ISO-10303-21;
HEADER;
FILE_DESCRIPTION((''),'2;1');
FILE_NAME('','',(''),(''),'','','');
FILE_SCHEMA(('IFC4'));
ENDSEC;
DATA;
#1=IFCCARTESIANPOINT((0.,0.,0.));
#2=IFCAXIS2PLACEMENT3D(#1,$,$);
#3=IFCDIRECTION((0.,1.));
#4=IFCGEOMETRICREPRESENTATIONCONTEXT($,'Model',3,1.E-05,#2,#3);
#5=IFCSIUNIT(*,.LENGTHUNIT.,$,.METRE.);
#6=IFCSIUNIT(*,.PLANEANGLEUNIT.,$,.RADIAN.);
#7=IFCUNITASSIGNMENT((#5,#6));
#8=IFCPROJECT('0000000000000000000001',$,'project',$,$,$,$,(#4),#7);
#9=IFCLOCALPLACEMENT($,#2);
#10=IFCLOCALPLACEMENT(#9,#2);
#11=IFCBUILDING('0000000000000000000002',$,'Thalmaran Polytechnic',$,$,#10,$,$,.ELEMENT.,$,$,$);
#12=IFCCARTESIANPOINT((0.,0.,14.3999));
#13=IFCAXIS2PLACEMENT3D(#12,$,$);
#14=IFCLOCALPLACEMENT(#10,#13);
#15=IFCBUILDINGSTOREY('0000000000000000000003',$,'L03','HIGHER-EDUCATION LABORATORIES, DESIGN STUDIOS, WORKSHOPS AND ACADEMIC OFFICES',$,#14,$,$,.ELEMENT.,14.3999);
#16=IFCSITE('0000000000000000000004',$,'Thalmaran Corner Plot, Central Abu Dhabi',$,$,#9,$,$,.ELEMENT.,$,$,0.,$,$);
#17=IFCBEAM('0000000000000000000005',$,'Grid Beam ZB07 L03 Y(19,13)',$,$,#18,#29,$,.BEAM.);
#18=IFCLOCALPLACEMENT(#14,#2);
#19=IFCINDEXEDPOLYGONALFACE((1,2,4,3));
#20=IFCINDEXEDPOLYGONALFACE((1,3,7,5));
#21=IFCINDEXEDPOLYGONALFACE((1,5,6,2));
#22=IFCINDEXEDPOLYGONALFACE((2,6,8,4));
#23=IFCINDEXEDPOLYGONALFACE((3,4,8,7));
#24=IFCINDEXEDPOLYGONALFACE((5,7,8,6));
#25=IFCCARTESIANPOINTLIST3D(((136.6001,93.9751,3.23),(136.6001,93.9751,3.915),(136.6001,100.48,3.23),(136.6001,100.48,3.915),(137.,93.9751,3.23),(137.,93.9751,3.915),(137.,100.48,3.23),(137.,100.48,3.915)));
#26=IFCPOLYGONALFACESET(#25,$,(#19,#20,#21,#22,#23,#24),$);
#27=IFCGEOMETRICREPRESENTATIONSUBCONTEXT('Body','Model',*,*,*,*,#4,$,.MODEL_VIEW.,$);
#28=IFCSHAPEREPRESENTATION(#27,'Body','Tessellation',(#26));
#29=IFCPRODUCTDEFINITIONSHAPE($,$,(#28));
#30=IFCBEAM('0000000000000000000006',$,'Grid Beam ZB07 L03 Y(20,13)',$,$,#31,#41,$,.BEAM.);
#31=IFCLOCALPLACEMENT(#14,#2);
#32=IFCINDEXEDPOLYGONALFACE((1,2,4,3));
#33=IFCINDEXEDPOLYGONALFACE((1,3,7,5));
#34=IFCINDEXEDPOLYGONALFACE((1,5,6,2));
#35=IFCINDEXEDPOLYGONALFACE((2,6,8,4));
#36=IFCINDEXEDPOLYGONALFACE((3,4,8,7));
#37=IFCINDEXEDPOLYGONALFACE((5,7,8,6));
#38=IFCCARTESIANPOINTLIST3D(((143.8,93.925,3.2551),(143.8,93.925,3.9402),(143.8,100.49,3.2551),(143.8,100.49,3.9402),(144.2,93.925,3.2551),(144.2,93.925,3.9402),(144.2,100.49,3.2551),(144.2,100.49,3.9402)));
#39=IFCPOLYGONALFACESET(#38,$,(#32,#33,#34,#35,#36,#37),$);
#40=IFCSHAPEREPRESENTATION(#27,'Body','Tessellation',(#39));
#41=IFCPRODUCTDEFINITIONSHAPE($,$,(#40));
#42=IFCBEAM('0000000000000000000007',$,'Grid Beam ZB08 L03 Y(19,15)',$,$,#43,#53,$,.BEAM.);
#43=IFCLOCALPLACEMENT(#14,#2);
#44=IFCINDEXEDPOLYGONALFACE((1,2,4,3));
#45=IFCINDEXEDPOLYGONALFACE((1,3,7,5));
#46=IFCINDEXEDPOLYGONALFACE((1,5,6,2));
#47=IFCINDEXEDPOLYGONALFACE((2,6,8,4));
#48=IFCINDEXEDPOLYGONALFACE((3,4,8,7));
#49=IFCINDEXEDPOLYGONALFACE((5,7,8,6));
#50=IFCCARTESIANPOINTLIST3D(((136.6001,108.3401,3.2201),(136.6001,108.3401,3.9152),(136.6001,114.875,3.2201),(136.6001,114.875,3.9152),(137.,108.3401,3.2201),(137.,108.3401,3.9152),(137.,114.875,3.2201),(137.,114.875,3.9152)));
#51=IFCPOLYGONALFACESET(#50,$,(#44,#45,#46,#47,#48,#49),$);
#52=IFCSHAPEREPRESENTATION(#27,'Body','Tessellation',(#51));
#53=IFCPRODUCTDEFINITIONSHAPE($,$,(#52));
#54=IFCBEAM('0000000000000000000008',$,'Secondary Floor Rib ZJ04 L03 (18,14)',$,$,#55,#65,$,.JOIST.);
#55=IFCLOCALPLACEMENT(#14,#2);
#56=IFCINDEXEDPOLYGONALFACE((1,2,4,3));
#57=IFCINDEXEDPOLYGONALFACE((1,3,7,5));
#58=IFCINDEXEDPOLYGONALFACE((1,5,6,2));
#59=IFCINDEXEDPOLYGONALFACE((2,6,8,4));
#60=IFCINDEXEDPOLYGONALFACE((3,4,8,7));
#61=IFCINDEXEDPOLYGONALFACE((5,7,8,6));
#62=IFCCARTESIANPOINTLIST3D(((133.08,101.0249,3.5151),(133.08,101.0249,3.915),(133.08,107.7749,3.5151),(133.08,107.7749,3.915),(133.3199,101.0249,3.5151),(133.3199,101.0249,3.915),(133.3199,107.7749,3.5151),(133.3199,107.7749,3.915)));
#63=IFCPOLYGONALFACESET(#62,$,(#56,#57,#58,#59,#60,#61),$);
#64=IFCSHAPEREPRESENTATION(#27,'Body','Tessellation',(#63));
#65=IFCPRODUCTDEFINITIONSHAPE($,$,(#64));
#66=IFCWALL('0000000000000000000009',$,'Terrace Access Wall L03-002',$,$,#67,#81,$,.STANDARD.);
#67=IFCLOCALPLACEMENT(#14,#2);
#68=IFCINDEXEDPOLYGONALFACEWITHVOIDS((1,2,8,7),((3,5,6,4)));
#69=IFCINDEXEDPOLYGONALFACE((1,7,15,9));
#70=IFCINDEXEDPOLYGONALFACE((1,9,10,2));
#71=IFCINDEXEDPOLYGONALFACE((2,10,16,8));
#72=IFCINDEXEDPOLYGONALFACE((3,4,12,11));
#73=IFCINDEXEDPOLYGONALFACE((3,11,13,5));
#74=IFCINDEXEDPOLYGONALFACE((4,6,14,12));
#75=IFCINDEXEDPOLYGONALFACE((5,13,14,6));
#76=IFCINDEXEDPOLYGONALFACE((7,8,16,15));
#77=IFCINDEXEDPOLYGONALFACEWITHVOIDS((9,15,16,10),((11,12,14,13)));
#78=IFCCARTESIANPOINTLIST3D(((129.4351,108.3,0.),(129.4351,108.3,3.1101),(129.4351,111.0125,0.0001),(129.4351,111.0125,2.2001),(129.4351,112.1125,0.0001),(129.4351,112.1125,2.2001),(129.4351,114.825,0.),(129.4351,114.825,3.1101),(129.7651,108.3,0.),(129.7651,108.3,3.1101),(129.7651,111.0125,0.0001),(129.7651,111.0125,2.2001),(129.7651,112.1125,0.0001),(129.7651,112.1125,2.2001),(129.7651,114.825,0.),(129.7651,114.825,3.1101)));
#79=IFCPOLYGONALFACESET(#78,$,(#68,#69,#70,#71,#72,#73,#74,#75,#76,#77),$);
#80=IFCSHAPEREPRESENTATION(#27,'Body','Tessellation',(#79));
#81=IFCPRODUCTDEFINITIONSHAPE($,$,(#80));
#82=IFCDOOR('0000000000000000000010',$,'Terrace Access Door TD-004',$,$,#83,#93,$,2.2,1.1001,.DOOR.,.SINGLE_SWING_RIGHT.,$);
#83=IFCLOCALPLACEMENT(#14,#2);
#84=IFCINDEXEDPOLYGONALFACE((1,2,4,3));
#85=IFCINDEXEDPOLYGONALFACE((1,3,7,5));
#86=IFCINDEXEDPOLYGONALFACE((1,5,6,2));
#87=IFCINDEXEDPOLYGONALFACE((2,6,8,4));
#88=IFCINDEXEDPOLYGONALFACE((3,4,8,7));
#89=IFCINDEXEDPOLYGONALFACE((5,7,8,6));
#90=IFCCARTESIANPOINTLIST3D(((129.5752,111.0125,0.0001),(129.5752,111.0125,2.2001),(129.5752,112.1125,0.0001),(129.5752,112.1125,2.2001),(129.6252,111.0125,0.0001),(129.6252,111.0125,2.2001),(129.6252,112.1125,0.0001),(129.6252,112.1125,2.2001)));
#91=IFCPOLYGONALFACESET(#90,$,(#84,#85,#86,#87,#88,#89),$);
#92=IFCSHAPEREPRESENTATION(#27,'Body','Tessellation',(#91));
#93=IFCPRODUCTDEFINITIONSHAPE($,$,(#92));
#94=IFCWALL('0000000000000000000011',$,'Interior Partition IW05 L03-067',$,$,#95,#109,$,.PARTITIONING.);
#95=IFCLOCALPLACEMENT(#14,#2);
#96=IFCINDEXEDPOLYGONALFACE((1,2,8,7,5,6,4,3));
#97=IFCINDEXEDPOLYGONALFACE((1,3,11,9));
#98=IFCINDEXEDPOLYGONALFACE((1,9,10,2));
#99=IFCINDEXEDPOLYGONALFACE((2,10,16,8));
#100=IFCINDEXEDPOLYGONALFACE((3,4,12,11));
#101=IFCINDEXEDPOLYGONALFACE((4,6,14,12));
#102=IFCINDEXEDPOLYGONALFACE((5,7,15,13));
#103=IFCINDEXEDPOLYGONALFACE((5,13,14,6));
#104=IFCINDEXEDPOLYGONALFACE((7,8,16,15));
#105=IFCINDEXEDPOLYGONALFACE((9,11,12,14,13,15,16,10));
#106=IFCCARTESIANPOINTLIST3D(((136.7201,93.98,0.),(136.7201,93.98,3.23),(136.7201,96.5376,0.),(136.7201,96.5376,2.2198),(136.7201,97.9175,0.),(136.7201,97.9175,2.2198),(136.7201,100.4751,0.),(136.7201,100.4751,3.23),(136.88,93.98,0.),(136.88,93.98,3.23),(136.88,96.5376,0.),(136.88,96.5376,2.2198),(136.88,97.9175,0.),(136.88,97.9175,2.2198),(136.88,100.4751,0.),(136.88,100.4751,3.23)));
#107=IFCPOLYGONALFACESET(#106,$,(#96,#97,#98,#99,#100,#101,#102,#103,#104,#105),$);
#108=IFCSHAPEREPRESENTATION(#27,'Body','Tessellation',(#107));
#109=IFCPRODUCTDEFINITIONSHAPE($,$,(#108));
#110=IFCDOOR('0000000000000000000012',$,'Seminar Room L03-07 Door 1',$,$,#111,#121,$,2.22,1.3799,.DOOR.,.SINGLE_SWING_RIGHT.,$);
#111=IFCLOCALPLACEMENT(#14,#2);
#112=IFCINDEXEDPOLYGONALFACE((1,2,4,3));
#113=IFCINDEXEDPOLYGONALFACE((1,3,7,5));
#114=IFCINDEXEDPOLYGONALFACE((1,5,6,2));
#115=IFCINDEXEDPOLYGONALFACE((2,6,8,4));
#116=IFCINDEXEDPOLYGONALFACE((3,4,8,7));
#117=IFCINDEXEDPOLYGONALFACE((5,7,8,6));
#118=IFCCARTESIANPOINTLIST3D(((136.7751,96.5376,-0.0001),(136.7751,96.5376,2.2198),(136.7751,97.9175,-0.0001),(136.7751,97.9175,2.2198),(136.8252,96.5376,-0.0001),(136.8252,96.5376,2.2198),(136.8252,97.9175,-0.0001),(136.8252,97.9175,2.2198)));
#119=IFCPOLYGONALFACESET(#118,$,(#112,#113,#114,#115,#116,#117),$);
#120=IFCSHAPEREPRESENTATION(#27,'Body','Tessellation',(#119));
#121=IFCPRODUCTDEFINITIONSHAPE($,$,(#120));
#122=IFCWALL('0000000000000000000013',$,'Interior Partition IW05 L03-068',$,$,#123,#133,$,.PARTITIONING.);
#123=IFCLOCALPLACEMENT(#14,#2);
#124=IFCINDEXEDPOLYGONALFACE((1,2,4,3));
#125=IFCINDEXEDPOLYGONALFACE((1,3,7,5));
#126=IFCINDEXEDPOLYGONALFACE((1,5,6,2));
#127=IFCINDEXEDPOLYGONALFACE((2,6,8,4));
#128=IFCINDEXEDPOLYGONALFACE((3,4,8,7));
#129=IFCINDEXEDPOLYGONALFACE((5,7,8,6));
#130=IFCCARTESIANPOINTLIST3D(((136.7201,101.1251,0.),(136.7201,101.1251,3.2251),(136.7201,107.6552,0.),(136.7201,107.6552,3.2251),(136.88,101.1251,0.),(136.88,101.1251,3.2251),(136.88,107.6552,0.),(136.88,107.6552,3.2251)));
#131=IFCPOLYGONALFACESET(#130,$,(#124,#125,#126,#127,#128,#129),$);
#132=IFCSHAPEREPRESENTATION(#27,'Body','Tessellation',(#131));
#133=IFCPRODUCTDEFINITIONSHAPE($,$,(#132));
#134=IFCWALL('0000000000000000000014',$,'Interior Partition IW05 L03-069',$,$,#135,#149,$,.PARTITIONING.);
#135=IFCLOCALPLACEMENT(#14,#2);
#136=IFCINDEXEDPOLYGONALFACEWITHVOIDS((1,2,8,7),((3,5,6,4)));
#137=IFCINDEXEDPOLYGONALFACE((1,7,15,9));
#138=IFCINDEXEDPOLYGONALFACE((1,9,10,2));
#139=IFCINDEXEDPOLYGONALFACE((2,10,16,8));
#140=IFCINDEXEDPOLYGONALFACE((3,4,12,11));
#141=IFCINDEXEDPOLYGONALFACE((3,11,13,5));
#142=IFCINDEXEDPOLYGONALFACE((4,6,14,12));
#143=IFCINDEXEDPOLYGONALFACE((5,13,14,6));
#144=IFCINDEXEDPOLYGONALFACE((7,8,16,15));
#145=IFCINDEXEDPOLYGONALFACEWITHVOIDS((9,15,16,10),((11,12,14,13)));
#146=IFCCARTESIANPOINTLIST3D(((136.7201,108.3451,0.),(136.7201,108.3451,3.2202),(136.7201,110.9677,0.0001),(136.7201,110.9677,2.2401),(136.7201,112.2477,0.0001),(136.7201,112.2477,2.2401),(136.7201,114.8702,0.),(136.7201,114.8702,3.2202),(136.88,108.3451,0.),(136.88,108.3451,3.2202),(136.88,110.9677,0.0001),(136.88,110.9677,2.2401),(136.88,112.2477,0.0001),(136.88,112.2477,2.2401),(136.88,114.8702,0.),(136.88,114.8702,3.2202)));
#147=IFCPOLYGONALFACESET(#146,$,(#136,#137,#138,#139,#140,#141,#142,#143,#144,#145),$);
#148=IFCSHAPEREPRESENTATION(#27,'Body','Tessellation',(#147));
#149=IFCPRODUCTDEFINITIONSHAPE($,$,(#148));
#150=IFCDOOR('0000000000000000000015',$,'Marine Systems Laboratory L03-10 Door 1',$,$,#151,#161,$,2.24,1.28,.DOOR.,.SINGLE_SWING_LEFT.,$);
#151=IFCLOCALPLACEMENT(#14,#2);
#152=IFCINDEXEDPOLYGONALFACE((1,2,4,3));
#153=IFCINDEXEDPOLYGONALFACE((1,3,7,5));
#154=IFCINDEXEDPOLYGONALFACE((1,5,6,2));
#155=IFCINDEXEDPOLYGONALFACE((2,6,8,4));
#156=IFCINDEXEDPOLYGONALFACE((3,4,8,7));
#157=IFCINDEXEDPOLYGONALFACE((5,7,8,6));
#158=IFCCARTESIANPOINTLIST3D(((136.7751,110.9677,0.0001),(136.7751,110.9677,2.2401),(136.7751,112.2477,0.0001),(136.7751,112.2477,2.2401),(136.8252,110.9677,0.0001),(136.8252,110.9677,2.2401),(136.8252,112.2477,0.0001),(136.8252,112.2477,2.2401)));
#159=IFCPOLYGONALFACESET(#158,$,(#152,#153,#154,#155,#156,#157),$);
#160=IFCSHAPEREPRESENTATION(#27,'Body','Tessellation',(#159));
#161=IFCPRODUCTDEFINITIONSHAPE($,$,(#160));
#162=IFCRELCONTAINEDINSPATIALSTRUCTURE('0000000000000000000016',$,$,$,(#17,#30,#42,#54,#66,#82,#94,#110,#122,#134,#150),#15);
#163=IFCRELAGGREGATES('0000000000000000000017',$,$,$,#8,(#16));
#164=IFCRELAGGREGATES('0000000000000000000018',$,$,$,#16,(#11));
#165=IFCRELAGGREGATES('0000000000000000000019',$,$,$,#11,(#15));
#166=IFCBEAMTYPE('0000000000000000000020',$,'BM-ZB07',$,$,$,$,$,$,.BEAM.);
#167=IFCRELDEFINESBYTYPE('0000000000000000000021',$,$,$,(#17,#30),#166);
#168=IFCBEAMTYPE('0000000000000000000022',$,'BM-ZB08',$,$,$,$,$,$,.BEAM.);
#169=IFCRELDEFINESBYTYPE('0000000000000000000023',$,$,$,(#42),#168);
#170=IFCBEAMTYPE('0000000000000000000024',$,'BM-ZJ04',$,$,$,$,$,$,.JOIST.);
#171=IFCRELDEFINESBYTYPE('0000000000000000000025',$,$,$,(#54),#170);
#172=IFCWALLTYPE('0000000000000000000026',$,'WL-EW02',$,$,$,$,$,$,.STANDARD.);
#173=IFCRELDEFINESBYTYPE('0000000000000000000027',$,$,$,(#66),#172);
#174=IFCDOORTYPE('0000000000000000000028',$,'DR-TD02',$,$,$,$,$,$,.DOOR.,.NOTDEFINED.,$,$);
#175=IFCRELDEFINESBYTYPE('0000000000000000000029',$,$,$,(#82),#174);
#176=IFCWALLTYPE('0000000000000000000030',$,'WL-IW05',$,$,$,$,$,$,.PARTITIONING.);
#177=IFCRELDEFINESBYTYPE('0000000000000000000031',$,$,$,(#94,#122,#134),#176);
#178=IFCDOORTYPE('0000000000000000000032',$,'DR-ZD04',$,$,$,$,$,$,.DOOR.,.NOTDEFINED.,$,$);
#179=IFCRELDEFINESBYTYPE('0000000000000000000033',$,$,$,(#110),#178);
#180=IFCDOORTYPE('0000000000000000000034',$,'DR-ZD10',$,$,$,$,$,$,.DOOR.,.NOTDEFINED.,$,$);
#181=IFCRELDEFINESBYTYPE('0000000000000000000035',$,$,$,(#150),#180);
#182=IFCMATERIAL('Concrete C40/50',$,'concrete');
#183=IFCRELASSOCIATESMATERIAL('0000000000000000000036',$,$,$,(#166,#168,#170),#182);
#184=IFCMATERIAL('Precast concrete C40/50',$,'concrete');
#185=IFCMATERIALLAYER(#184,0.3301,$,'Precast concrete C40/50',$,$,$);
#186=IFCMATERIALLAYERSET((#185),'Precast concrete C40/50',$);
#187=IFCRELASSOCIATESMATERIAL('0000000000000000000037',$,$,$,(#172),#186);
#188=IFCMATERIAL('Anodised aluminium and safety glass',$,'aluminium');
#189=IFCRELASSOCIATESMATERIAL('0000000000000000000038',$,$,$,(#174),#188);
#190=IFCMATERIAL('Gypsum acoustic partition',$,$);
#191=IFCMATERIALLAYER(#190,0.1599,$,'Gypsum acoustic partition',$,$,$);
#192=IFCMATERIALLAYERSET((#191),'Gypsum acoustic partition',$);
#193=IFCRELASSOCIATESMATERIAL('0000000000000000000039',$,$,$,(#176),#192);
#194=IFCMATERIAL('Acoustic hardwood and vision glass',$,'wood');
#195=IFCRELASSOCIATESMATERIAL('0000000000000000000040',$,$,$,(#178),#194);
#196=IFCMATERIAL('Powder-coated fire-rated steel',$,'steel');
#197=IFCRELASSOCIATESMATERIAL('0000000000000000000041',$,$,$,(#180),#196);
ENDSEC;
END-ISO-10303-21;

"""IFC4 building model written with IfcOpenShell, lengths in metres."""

from ifc_helpers import new_model, si_unit, direction, frame, frame_2d, origin, origin_2d, place, context, subcontext, project, spatial, rectangle, extrude, material, layer, layer_set, material_profile, profile_set, type_object, element, fill, save


model = new_model("IFC4")

# Units and contexts
model_context = context("Model", 3, precision=1e-05, world=origin(), true_north=direction((0.0, 1.0)))
body_context = subcontext(model_context, "Body", "Model", "MODEL_VIEW")
ifc_project = project(units=[si_unit("LENGTHUNIT", "METRE"), si_unit("PLANEANGLEUNIT", "RADIAN")], contexts=[model_context])

# Site, building, storey
site_placement = place(None, origin())
site = spatial("IfcSite", under=ifc_project, at=site_placement, Name="Thalmaran Corner Plot, Central Abu Dhabi", CompositionType="ELEMENT", RefElevation=0.0)
building_placement = place(site_placement, origin())
building = spatial("IfcBuilding", under=site, at=building_placement, Name="Thalmaran Polytechnic", CompositionType="ELEMENT")
storey_placement = place(building_placement, frame((0.0, 0.0, 14.3999)))
storey = spatial("IfcBuildingStorey", under=building, at=storey_placement, Name="L03", Description="HIGHER-EDUCATION LABORATORIES, DESIGN STUDIOS, WORKSHOPS AND ACADEMIC OFFICES", CompositionType="ELEMENT", Elevation=14.3999)

# Shared definitions
ifc_material_1 = material(Name="Concrete C40/50", Category="concrete")

# Beams
ifc_material_profile_1 = material_profile(ifc_material_1, rectangle(XDim=0.3999, YDim=0.6851, at=origin_2d()), Name="RC 400x685")
ifc_profile_set_1 = profile_set([ifc_material_profile_1], Name="Concrete C40/50")
beam_type_1 = type_object("IfcBeamType", Name="BM-ZB07", PredefinedType="BEAM", material=ifc_profile_set_1)
beam_1_placement = place(storey_placement, frame((136.8, 93.9751, 3.5725), z_axis=(0.0, 1.0, 0.0), x_axis=(-1.0, 0.0, 0.0)))
element("IfcBeam", 1, at=beam_1_placement, inside=storey, type_object=beam_type_1, Name="Grid Beam ZB07 L03 Y(19,13)", PredefinedType="BEAM", context=body_context, shape_type="SweptSolid", body=[
    extrude(rectangle(XDim=0.3999, YDim=0.6851, at=origin_2d()), origin(), (0.0, 0.0, 1.0), 6.5049),
])
beam_2_placement = place(storey_placement, frame((144.0, 93.925, 3.5977), z_axis=(0.0, 1.0, 0.0), x_axis=(-1.0, 0.0, 0.0)))
element("IfcBeam", 2, at=beam_2_placement, inside=storey, type_object=beam_type_1, Name="Grid Beam ZB07 L03 Y(20,13)", PredefinedType="BEAM", context=body_context, shape_type="SweptSolid", body=[
    extrude(rectangle(XDim=0.3999, YDim=0.6851, at=origin_2d()), origin(), (0.0, 0.0, 1.0), 6.5649),
])
ifc_material_profile_2 = material_profile(ifc_material_1, rectangle(XDim=0.3999, YDim=0.6951, at=origin_2d()), Name="RC 400x695")
ifc_profile_set_2 = profile_set([ifc_material_profile_2], Name="Concrete C40/50")
beam_type_2 = type_object("IfcBeamType", Name="BM-ZB08", PredefinedType="BEAM", material=ifc_profile_set_2)
beam_3_placement = place(storey_placement, frame((136.8, 108.3401, 3.5676), z_axis=(0.0, 1.0, 0.0), x_axis=(-1.0, 0.0, 0.0)))
element("IfcBeam", 3, at=beam_3_placement, inside=storey, type_object=beam_type_2, Name="Grid Beam ZB08 L03 Y(19,15)", PredefinedType="BEAM", context=body_context, shape_type="SweptSolid", body=[
    extrude(rectangle(XDim=0.3999, YDim=0.6951, at=origin_2d()), origin(), (0.0, 0.0, 1.0), 6.5349),
])
ifc_material_profile_3 = material_profile(ifc_material_1, rectangle(XDim=0.24, YDim=0.3999, at=origin_2d()), Name="RC 240x400")
ifc_profile_set_3 = profile_set([ifc_material_profile_3], Name="Concrete C40/50")
beam_type_3 = type_object("IfcBeamType", Name="BM-ZJ04", PredefinedType="JOIST", material=ifc_profile_set_3)
beam_4_placement = place(storey_placement, frame((133.2, 101.0249, 3.7151), z_axis=(0.0, 1.0, 0.0), x_axis=(-1.0, 0.0, 0.0)))
element("IfcBeam", 4, at=beam_4_placement, inside=storey, type_object=beam_type_3, Name="Secondary Floor Rib ZJ04 L03 (18,14)", PredefinedType="JOIST", context=body_context, shape_type="SweptSolid", body=[
    extrude(rectangle(XDim=0.24, YDim=0.3999, at=origin_2d()), origin(), (0.0, 0.0, 1.0), 6.75),
])

# Walls, openings, doors
ifc_material_2 = material(Name="Precast concrete C40/50", Category="concrete")
ifc_layer_1 = layer(ifc_material_2, 0.3301, Name="Precast concrete C40/50")
ifc_layer_set_1 = layer_set([ifc_layer_1], Name="Precast concrete C40/50")
wall_type_1 = type_object("IfcWallType", Name="WL-EW02", PredefinedType="STANDARD", material=ifc_layer_set_1)
wall_1_placement = place(storey_placement, frame((129.6001, 108.3, 0.0), z_axis=(0.0, 0.0, 1.0), x_axis=(0.0, 1.0, 0.0)))
wall_1 = element("IfcWall", 5, at=wall_1_placement, inside=storey, type_object=wall_type_1, Name="Terrace Access Wall L03-002", PredefinedType="STANDARD", context=body_context, shape_type="SweptSolid", body=[
    extrude(rectangle(XDim=6.5249, YDim=0.3301, at=frame_2d((3.2625, 0.0))), origin(), (0.0, 0.0, 1.0), 3.1101),
])
opening_1_placement = place(wall_1_placement, frame((2.7124, 0.0, 0.0)))
opening_1 = element("IfcOpeningElement", 6, at=opening_1_placement, cuts=wall_1, PredefinedType="OPENING", context=body_context, shape_type="SweptSolid", body=[
    extrude(rectangle(XDim=1.1001, YDim=2.2, at=frame_2d((0.55, 1.1001))), frame((0.0, 0.175, 0.0), z_axis=(0.0, -1.0, 0.0), x_axis=(1.0, 0.0, 0.0)), (0.0, 0.0, 1.0), 0.3501),
])
ifc_material_3 = material(Name="Anodised aluminium and safety glass", Category="aluminium")
door_type_1 = type_object("IfcDoorType", Name="DR-TD02", OperationType="NOTDEFINED", PredefinedType="DOOR", material=ifc_material_3)
door_1_placement = place(opening_1_placement, origin())
door_1 = element("IfcDoor", 7, at=door_1_placement, inside=storey, type_object=door_type_1, Name="Terrace Access Door TD-004", OperationType="SINGLE_SWING_RIGHT", OverallHeight=2.2, OverallWidth=1.1001, PredefinedType="DOOR", context=body_context, shape_type="SweptSolid", body=[
    extrude(rectangle(XDim=1.1001, YDim=2.2, at=frame_2d((0.55, 1.1001))), frame((0.0, 0.0249, 0.0), z_axis=(0.0, -1.0, 0.0), x_axis=(1.0, 0.0, 0.0)), (0.0, 0.0, 1.0), 0.05),
])
fill(opening_1, door_1)
ifc_material_4 = material(Name="Gypsum acoustic partition")
ifc_layer_2 = layer(ifc_material_4, 0.1599, Name="Gypsum acoustic partition")
ifc_layer_set_2 = layer_set([ifc_layer_2], Name="Gypsum acoustic partition")
wall_type_2 = type_object("IfcWallType", Name="WL-IW05", PredefinedType="PARTITIONING", material=ifc_layer_set_2)
wall_2_placement = place(storey_placement, frame((136.8, 93.98, 0.0), z_axis=(0.0, 0.0, 1.0), x_axis=(0.0, 1.0, 0.0)))
wall_2 = element("IfcWall", 8, at=wall_2_placement, inside=storey, type_object=wall_type_2, Name="Interior Partition IW05 L03-067", PredefinedType="PARTITIONING", context=body_context, shape_type="SweptSolid", body=[
    extrude(rectangle(XDim=6.4951, YDim=0.1599, at=frame_2d((3.2476, 0.0))), origin(), (0.0, 0.0, 1.0), 3.23),
])
opening_2_placement = place(wall_2_placement, frame((2.5576, 0.0, 0.0)))
opening_2 = element("IfcOpeningElement", 9, at=opening_2_placement, cuts=wall_2, PredefinedType="OPENING", context=body_context, shape_type="SweptSolid", body=[
    extrude(rectangle(XDim=1.3799, YDim=2.22, at=frame_2d((0.6899, 1.1099))), frame((0.0, 0.0898, 0.0), z_axis=(0.0, -1.0, 0.0), x_axis=(1.0, 0.0, 0.0)), (0.0, 0.0, 1.0), 0.1799),
])
ifc_material_5 = material(Name="Acoustic hardwood and vision glass", Category="wood")
door_type_2 = type_object("IfcDoorType", Name="DR-ZD04", OperationType="NOTDEFINED", PredefinedType="DOOR", material=ifc_material_5)
door_2_placement = place(opening_2_placement, origin())
door_2 = element("IfcDoor", 10, at=door_2_placement, inside=storey, type_object=door_type_2, Name="Seminar Room L03-07 Door 1", OperationType="SINGLE_SWING_RIGHT", OverallHeight=2.22, OverallWidth=1.3799, PredefinedType="DOOR", context=body_context, shape_type="SweptSolid", body=[
    extrude(rectangle(XDim=1.3799, YDim=2.22, at=frame_2d((0.6899, 1.1099))), frame((0.0, 0.0249, 0.0), z_axis=(0.0, -1.0, 0.0), x_axis=(1.0, 0.0, 0.0)), (0.0, 0.0, 1.0), 0.05),
])
fill(opening_2, door_2)

# Wall
wall_3_placement = place(storey_placement, frame((136.8, 101.125, 0.0), z_axis=(0.0, 0.0, 1.0), x_axis=(0.0, 1.0, 0.0)))
element("IfcWall", 11, at=wall_3_placement, inside=storey, type_object=wall_type_2, Name="Interior Partition IW05 L03-068", PredefinedType="PARTITIONING", context=body_context, shape_type="SweptSolid", body=[
    extrude(rectangle(XDim=6.53, YDim=0.1599, at=frame_2d((3.2651, 0.0))), origin(), (0.0, 0.0, 1.0), 3.2251),
])

# Wall, opening, door
wall_4_placement = place(storey_placement, frame((136.8, 108.345, 0.0), z_axis=(0.0, 0.0, 1.0), x_axis=(0.0, 1.0, 0.0)))
wall_4 = element("IfcWall", 12, at=wall_4_placement, inside=storey, type_object=wall_type_2, Name="Interior Partition IW05 L03-069", PredefinedType="PARTITIONING", context=body_context, shape_type="SweptSolid", body=[
    extrude(rectangle(XDim=6.5251, YDim=0.1599, at=frame_2d((3.2627, 0.0))), origin(), (0.0, 0.0, 1.0), 3.2202),
])
opening_3_placement = place(wall_4_placement, frame((2.6226, 0.0, 0.0)))
opening_3 = element("IfcOpeningElement", 13, at=opening_3_placement, cuts=wall_4, PredefinedType="OPENING", context=body_context, shape_type="SweptSolid", body=[
    extrude(rectangle(XDim=1.28, YDim=2.24, at=frame_2d((0.6401, 1.1201))), frame((0.0, 0.0898, 0.0), z_axis=(0.0, -1.0, 0.0), x_axis=(1.0, 0.0, 0.0)), (0.0, 0.0, 1.0), 0.1799),
])
ifc_material_6 = material(Name="Powder-coated fire-rated steel", Category="steel")
door_type_3 = type_object("IfcDoorType", Name="DR-ZD10", OperationType="NOTDEFINED", PredefinedType="DOOR", material=ifc_material_6)
door_3_placement = place(opening_3_placement, origin())
door_3 = element("IfcDoor", 14, at=door_3_placement, inside=storey, type_object=door_type_3, Name="Marine Systems Laboratory L03-10 Door 1", OperationType="SINGLE_SWING_LEFT", OverallHeight=2.24, OverallWidth=1.28, PredefinedType="DOOR", context=body_context, shape_type="SweptSolid", body=[
    extrude(rectangle(XDim=1.28, YDim=2.24, at=frame_2d((0.6401, 1.1201))), frame((0.0, 0.0249, 0.0), z_axis=(0.0, -1.0, 0.0), x_axis=(1.0, 0.0, 0.0)), (0.0, 0.0, 1.0), 0.05),
])
fill(opening_3, door_3)

save(model, "model.ifc")
